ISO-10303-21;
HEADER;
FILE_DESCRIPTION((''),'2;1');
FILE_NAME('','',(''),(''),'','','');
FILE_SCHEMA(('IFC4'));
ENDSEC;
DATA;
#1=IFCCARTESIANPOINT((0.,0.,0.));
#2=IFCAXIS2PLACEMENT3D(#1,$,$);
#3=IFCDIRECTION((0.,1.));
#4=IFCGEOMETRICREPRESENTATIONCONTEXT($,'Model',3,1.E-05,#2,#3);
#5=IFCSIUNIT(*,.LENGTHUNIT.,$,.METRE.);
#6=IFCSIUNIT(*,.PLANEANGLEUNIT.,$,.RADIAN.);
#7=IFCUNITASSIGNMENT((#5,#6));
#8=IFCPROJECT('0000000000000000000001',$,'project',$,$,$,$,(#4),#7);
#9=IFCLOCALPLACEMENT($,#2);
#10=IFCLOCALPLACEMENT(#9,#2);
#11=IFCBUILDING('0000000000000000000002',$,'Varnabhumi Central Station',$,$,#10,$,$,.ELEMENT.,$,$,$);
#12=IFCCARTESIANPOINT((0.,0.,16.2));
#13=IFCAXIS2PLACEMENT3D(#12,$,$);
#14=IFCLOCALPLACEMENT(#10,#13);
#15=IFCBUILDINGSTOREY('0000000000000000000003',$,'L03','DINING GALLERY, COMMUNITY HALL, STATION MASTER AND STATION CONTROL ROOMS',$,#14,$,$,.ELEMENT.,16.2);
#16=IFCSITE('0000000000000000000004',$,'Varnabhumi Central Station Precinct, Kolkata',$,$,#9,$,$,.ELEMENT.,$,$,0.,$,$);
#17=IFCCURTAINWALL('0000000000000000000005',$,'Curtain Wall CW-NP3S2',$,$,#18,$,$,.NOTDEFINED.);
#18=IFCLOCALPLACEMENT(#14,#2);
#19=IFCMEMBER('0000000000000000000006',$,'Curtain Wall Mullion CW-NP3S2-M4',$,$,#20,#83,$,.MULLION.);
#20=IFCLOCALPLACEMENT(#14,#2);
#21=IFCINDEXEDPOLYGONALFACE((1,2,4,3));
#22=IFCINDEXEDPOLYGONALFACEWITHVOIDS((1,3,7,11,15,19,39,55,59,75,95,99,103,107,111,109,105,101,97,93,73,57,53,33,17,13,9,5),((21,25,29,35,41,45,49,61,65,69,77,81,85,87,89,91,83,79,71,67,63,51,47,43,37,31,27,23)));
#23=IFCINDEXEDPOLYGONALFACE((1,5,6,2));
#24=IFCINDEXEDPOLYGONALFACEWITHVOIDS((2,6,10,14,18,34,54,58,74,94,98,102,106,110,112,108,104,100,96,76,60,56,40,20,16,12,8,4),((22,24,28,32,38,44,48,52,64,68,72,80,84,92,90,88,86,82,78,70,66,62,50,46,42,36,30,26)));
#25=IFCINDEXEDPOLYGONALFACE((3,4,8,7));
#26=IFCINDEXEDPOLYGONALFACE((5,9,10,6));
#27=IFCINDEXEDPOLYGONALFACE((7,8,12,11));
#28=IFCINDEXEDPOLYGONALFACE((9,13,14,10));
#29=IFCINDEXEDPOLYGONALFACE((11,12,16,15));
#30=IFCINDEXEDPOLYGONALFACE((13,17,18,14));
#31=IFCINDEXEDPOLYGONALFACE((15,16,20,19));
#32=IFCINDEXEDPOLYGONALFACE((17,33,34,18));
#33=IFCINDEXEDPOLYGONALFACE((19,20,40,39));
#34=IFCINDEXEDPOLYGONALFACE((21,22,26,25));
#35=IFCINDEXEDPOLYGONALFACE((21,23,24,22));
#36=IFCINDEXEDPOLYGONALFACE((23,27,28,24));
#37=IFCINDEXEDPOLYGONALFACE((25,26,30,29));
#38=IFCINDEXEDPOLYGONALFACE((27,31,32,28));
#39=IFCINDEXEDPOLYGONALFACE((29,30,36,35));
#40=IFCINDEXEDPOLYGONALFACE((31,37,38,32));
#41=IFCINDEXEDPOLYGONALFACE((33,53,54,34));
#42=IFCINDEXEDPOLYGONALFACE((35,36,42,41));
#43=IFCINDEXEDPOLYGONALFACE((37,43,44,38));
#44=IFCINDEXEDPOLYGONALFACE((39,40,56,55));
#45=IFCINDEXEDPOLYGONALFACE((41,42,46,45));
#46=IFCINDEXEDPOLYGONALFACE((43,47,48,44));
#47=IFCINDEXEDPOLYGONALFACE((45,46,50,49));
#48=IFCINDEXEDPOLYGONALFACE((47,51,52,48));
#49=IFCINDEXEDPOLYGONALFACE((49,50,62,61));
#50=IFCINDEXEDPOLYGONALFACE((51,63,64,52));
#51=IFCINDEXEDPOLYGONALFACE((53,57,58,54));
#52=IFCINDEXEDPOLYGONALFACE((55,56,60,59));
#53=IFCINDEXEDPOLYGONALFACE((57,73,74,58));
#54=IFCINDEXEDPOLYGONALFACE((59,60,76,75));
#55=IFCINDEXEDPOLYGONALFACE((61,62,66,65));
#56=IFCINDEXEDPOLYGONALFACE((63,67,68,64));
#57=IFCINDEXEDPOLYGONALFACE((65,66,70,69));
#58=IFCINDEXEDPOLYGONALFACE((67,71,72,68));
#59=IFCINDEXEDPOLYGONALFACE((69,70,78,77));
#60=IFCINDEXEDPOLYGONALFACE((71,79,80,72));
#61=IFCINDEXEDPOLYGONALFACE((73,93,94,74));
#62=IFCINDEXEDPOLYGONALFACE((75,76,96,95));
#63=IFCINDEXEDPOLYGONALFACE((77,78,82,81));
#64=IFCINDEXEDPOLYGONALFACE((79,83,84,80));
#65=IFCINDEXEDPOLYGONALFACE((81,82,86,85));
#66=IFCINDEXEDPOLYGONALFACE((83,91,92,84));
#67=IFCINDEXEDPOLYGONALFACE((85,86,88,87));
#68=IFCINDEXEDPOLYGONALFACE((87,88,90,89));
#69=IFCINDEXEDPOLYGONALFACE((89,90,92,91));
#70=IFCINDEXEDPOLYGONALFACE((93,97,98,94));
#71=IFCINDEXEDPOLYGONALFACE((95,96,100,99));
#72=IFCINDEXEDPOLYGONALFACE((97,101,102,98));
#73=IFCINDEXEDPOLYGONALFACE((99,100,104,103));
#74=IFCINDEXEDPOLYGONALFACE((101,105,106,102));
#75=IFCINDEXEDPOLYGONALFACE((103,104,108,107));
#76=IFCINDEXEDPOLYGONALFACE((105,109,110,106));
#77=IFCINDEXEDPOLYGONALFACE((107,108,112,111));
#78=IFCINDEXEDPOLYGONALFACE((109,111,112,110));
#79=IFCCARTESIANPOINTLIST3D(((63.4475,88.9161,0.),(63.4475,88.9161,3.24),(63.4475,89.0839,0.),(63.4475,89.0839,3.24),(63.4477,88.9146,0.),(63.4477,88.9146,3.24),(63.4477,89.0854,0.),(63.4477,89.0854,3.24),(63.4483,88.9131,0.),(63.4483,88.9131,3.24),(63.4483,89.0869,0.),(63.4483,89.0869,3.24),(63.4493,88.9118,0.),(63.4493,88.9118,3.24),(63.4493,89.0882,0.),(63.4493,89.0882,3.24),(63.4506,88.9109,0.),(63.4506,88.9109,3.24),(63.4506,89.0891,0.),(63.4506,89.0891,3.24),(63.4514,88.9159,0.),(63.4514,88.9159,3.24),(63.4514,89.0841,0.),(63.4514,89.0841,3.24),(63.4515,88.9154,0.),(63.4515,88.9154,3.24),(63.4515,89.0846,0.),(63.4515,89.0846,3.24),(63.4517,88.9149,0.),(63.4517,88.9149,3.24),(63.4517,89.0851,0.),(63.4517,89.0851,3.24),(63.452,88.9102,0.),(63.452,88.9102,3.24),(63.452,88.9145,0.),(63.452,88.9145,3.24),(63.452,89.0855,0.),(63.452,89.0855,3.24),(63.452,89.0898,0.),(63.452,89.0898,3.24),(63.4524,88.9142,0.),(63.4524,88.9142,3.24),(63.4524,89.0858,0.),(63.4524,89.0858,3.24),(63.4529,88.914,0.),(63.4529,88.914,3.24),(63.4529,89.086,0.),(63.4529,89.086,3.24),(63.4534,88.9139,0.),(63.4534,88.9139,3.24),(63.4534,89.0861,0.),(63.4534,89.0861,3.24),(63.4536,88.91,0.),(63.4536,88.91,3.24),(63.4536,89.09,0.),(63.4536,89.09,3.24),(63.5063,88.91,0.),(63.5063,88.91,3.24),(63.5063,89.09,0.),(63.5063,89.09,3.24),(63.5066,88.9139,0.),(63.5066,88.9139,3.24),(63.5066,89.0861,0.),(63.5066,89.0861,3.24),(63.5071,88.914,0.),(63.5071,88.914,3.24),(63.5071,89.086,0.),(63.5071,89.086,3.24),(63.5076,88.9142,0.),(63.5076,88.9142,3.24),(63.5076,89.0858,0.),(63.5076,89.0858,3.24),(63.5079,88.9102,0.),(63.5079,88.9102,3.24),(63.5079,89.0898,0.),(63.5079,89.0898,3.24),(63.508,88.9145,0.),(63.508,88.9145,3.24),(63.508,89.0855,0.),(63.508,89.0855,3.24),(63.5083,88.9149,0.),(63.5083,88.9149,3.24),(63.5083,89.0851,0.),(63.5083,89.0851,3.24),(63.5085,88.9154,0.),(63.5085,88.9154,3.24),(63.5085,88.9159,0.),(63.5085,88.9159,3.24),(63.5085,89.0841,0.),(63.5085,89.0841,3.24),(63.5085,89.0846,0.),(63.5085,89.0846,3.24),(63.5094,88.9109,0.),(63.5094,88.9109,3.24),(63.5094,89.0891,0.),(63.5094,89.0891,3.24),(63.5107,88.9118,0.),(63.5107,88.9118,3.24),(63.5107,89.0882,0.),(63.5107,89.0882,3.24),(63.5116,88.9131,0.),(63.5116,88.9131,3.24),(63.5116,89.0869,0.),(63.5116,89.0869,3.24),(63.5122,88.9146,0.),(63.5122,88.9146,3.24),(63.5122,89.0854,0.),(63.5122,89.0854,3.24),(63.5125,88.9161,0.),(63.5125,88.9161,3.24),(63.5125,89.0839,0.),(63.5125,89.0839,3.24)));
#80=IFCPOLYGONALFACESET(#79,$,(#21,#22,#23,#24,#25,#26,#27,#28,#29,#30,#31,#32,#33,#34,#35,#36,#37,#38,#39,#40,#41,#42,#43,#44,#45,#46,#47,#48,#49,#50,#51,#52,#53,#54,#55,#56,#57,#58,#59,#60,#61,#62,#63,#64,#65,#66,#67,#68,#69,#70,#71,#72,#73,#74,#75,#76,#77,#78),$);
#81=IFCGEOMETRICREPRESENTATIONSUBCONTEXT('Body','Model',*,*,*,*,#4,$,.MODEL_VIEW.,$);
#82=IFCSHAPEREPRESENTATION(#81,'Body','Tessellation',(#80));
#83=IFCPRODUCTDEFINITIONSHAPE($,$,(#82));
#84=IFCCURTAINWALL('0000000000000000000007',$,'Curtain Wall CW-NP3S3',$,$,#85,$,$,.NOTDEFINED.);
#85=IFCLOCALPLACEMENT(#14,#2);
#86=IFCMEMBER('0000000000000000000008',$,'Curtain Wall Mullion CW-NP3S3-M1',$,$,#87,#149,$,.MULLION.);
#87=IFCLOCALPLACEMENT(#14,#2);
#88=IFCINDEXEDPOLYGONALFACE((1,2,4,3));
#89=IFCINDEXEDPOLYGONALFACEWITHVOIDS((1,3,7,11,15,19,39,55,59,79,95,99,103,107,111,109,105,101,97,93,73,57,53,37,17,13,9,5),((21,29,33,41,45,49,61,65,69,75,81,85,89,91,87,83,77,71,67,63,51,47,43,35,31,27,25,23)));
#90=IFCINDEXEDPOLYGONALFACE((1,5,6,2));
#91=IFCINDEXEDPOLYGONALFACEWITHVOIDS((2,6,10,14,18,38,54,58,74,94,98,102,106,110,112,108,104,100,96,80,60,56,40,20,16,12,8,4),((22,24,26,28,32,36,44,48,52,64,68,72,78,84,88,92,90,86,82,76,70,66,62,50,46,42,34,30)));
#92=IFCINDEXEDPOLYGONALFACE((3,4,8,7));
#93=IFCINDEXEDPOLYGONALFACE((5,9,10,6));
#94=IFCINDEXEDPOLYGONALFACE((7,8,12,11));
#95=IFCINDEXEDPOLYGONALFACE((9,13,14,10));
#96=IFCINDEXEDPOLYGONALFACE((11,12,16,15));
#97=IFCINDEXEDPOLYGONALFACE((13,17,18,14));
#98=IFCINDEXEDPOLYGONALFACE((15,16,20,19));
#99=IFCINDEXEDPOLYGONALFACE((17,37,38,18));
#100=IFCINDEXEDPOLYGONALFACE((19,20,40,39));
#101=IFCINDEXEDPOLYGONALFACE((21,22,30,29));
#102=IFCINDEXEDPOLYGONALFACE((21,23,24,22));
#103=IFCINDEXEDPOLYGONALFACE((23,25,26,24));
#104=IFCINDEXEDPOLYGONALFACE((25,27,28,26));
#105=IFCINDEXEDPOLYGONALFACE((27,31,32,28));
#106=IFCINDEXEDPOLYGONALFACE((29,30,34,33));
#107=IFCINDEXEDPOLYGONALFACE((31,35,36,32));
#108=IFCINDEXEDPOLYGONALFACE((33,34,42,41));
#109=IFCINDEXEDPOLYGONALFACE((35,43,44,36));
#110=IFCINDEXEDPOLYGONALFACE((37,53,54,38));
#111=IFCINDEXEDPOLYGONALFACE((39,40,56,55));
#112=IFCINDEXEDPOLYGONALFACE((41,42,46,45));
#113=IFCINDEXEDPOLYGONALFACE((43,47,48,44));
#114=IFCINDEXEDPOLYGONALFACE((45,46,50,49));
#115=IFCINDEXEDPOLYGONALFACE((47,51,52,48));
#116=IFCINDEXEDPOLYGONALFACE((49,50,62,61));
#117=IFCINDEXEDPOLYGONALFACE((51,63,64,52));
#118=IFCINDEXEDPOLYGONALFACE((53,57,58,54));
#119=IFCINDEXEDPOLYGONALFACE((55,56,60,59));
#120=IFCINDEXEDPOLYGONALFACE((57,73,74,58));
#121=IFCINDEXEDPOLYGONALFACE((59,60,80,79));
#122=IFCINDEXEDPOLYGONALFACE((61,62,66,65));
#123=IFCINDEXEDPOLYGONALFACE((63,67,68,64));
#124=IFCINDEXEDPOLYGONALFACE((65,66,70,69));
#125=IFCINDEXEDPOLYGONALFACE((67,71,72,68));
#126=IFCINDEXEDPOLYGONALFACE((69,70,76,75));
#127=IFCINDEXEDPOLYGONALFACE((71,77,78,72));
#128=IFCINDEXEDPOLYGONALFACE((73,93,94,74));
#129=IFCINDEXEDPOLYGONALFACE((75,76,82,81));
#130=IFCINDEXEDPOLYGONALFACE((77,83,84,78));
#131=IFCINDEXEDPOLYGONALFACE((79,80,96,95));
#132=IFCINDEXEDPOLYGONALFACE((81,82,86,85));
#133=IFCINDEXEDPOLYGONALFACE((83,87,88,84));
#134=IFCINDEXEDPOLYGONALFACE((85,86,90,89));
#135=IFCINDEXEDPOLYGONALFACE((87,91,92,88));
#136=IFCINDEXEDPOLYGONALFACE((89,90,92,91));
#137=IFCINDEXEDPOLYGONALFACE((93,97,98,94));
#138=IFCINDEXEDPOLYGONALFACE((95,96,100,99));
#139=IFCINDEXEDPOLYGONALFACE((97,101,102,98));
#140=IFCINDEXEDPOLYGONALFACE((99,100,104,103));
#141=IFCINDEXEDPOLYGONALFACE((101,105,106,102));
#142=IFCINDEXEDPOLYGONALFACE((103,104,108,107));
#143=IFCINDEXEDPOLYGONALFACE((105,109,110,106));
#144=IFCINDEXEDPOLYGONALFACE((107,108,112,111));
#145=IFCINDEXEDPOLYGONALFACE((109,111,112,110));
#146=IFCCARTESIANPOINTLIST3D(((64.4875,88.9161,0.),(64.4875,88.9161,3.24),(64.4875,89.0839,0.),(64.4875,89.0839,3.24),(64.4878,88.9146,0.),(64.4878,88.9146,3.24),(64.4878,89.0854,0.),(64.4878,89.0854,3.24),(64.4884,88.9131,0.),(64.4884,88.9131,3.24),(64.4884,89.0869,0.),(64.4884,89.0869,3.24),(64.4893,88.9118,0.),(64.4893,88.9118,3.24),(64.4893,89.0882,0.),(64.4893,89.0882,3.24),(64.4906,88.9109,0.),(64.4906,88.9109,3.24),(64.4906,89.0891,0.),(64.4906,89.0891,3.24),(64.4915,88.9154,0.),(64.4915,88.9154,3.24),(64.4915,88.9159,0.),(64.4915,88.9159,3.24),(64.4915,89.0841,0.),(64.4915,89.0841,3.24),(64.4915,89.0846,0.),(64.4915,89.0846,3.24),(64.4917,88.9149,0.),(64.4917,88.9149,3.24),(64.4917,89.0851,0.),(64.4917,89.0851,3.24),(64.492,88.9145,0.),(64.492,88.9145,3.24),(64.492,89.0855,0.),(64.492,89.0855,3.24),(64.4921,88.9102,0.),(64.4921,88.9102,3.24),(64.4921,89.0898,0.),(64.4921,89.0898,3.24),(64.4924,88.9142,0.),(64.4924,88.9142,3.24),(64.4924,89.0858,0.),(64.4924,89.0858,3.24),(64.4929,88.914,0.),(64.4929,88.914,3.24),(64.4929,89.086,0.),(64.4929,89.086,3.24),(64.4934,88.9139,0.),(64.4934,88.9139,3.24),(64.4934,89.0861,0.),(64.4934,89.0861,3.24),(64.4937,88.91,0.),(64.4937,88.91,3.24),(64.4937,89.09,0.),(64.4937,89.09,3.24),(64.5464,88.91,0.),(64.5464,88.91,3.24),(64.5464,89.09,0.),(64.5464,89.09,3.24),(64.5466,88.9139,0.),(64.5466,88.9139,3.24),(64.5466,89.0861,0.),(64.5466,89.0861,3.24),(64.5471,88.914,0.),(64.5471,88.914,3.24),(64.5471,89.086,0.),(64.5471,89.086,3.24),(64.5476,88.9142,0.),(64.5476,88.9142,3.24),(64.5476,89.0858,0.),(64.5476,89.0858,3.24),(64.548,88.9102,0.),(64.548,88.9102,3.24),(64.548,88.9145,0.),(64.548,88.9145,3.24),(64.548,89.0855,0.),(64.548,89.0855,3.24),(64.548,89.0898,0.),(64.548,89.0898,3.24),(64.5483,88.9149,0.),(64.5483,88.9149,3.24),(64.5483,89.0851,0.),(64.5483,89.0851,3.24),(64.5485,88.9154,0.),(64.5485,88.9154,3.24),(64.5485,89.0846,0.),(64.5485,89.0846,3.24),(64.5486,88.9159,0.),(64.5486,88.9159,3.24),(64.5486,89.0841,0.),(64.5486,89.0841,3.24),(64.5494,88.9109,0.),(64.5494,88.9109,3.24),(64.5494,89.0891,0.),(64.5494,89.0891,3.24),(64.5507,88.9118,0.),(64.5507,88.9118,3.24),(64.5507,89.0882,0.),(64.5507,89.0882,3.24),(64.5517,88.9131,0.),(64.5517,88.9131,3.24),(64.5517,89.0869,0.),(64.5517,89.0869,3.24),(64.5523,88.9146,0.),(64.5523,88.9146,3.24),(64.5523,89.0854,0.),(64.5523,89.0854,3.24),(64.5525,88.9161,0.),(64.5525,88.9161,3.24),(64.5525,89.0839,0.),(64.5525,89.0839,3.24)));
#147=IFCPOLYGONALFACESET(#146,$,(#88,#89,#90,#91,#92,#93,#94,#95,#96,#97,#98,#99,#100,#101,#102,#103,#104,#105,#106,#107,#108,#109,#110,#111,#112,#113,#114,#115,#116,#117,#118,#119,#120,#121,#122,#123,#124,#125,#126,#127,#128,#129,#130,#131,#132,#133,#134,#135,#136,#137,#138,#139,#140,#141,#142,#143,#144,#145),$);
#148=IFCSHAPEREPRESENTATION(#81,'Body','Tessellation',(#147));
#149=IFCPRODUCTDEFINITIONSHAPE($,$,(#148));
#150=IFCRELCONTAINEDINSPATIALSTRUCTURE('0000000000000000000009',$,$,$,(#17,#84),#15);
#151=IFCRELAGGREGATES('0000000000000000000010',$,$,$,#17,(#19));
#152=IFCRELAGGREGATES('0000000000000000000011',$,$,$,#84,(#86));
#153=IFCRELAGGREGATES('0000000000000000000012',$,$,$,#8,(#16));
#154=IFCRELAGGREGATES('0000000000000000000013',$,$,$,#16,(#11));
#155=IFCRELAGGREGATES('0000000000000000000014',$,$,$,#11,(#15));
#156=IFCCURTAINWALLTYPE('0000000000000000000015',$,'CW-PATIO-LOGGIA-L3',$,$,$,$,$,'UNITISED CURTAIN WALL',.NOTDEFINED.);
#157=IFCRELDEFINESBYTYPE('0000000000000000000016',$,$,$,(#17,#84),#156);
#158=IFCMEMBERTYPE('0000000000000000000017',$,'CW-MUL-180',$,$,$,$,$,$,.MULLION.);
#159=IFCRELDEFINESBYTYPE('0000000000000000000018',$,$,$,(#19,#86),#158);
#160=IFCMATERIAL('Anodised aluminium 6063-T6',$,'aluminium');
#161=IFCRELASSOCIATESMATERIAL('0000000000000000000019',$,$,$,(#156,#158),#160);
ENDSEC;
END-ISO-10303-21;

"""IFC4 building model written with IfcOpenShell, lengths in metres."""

from ifc_helpers import new_model, si_unit, direction, frame, origin, origin_2d, place, context, subcontext, project, spatial, hollow_rectangle, extrude, material, material_profile, profile_set, type_object, element, aggregate, save


model = new_model("IFC4")

# Units and contexts
model_context = context("Model", 3, precision=1e-05, world=origin(), true_north=direction((0.0, 1.0)))
body_context = subcontext(model_context, "Body", "Model", "MODEL_VIEW")
ifc_project = project(units=[si_unit("LENGTHUNIT", "METRE"), si_unit("PLANEANGLEUNIT", "RADIAN")], contexts=[model_context])

# Site, building, storey
site_placement = place(None, origin())
site = spatial("IfcSite", under=ifc_project, at=site_placement, Name="Varnabhumi Central Station Precinct, Kolkata", CompositionType="ELEMENT", RefElevation=0.0)
building_placement = place(site_placement, origin())
building = spatial("IfcBuilding", under=site, at=building_placement, Name="Varnabhumi Central Station", CompositionType="ELEMENT")
storey_placement = place(building_placement, frame((0.0, 0.0, 16.2)))
storey = spatial("IfcBuildingStorey", under=building, at=storey_placement, Name="L03", Description="DINING GALLERY, COMMUNITY HALL, STATION MASTER AND STATION CONTROL ROOMS", CompositionType="ELEMENT", Elevation=16.2)

# Curtain walls, members
ifc_material_1 = material(Name="Anodised aluminium 6063-T6", Category="aluminium")
curtain_wall_type = type_object("IfcCurtainWallType", Name="CW-PATIO-LOGGIA-L3", ElementType="UNITISED CURTAIN WALL", PredefinedType="NOTDEFINED", material=ifc_material_1)
ifc_material_profile_1 = material_profile(ifc_material_1, hollow_rectangle(XDim=0.0649, YDim=0.1799, WallThickness=0.0039, InnerFilletRadius=0.002, OuterFilletRadius=0.0061, at=origin_2d()), Name="Anodised aluminium 6063-T6", Category="aluminium")
ifc_profile_set_1 = profile_set([ifc_material_profile_1], Name="Anodised aluminium 6063-T6")
member_type_1 = type_object("IfcMemberType", Name="CW-MUL-180", PredefinedType="MULLION", material=ifc_profile_set_1)
curtain_wall_1_placement = place(storey_placement, origin())
curtain_wall_1 = element("IfcCurtainWall", 1, at=curtain_wall_1_placement, inside=storey, type_object=curtain_wall_type, Name="Curtain Wall CW-NP3S2", PredefinedType="NOTDEFINED")
member_1_placement = place(storey_placement, frame((63.48, 89.0, 0.0), z_axis=(0.0, 0.0, 1.0), x_axis=(1.0, 0.0, 0.0)))
member_1 = element("IfcMember", 2, at=member_1_placement, type_object=member_type_1, Name="Curtain Wall Mullion CW-NP3S2-M4", PredefinedType="MULLION", context=body_context, shape_type="SweptSolid", body=[
    extrude(hollow_rectangle(XDim=0.0649, YDim=0.1799, WallThickness=0.0039, InnerFilletRadius=0.002, OuterFilletRadius=0.0061, at=origin_2d()), origin(), (0.0, 0.0, 1.0), 3.24),
])
curtain_wall_2_placement = place(storey_placement, origin())
curtain_wall_2 = element("IfcCurtainWall", 3, at=curtain_wall_2_placement, inside=storey, type_object=curtain_wall_type, Name="Curtain Wall CW-NP3S3", PredefinedType="NOTDEFINED")
member_2_placement = place(storey_placement, frame((64.52, 89.0, 0.0), z_axis=(0.0, 0.0, 1.0), x_axis=(1.0, 0.0, 0.0)))
member_2 = element("IfcMember", 4, at=member_2_placement, type_object=member_type_1, Name="Curtain Wall Mullion CW-NP3S3-M1", PredefinedType="MULLION", context=body_context, shape_type="SweptSolid", body=[
    extrude(hollow_rectangle(XDim=0.0649, YDim=0.1799, WallThickness=0.0039, InnerFilletRadius=0.002, OuterFilletRadius=0.0061, at=origin_2d()), origin(), (0.0, 0.0, 1.0), 3.24),
])

aggregate(curtain_wall_1, [member_1])
aggregate(curtain_wall_2, [member_2])

save(model, "model.ifc")
